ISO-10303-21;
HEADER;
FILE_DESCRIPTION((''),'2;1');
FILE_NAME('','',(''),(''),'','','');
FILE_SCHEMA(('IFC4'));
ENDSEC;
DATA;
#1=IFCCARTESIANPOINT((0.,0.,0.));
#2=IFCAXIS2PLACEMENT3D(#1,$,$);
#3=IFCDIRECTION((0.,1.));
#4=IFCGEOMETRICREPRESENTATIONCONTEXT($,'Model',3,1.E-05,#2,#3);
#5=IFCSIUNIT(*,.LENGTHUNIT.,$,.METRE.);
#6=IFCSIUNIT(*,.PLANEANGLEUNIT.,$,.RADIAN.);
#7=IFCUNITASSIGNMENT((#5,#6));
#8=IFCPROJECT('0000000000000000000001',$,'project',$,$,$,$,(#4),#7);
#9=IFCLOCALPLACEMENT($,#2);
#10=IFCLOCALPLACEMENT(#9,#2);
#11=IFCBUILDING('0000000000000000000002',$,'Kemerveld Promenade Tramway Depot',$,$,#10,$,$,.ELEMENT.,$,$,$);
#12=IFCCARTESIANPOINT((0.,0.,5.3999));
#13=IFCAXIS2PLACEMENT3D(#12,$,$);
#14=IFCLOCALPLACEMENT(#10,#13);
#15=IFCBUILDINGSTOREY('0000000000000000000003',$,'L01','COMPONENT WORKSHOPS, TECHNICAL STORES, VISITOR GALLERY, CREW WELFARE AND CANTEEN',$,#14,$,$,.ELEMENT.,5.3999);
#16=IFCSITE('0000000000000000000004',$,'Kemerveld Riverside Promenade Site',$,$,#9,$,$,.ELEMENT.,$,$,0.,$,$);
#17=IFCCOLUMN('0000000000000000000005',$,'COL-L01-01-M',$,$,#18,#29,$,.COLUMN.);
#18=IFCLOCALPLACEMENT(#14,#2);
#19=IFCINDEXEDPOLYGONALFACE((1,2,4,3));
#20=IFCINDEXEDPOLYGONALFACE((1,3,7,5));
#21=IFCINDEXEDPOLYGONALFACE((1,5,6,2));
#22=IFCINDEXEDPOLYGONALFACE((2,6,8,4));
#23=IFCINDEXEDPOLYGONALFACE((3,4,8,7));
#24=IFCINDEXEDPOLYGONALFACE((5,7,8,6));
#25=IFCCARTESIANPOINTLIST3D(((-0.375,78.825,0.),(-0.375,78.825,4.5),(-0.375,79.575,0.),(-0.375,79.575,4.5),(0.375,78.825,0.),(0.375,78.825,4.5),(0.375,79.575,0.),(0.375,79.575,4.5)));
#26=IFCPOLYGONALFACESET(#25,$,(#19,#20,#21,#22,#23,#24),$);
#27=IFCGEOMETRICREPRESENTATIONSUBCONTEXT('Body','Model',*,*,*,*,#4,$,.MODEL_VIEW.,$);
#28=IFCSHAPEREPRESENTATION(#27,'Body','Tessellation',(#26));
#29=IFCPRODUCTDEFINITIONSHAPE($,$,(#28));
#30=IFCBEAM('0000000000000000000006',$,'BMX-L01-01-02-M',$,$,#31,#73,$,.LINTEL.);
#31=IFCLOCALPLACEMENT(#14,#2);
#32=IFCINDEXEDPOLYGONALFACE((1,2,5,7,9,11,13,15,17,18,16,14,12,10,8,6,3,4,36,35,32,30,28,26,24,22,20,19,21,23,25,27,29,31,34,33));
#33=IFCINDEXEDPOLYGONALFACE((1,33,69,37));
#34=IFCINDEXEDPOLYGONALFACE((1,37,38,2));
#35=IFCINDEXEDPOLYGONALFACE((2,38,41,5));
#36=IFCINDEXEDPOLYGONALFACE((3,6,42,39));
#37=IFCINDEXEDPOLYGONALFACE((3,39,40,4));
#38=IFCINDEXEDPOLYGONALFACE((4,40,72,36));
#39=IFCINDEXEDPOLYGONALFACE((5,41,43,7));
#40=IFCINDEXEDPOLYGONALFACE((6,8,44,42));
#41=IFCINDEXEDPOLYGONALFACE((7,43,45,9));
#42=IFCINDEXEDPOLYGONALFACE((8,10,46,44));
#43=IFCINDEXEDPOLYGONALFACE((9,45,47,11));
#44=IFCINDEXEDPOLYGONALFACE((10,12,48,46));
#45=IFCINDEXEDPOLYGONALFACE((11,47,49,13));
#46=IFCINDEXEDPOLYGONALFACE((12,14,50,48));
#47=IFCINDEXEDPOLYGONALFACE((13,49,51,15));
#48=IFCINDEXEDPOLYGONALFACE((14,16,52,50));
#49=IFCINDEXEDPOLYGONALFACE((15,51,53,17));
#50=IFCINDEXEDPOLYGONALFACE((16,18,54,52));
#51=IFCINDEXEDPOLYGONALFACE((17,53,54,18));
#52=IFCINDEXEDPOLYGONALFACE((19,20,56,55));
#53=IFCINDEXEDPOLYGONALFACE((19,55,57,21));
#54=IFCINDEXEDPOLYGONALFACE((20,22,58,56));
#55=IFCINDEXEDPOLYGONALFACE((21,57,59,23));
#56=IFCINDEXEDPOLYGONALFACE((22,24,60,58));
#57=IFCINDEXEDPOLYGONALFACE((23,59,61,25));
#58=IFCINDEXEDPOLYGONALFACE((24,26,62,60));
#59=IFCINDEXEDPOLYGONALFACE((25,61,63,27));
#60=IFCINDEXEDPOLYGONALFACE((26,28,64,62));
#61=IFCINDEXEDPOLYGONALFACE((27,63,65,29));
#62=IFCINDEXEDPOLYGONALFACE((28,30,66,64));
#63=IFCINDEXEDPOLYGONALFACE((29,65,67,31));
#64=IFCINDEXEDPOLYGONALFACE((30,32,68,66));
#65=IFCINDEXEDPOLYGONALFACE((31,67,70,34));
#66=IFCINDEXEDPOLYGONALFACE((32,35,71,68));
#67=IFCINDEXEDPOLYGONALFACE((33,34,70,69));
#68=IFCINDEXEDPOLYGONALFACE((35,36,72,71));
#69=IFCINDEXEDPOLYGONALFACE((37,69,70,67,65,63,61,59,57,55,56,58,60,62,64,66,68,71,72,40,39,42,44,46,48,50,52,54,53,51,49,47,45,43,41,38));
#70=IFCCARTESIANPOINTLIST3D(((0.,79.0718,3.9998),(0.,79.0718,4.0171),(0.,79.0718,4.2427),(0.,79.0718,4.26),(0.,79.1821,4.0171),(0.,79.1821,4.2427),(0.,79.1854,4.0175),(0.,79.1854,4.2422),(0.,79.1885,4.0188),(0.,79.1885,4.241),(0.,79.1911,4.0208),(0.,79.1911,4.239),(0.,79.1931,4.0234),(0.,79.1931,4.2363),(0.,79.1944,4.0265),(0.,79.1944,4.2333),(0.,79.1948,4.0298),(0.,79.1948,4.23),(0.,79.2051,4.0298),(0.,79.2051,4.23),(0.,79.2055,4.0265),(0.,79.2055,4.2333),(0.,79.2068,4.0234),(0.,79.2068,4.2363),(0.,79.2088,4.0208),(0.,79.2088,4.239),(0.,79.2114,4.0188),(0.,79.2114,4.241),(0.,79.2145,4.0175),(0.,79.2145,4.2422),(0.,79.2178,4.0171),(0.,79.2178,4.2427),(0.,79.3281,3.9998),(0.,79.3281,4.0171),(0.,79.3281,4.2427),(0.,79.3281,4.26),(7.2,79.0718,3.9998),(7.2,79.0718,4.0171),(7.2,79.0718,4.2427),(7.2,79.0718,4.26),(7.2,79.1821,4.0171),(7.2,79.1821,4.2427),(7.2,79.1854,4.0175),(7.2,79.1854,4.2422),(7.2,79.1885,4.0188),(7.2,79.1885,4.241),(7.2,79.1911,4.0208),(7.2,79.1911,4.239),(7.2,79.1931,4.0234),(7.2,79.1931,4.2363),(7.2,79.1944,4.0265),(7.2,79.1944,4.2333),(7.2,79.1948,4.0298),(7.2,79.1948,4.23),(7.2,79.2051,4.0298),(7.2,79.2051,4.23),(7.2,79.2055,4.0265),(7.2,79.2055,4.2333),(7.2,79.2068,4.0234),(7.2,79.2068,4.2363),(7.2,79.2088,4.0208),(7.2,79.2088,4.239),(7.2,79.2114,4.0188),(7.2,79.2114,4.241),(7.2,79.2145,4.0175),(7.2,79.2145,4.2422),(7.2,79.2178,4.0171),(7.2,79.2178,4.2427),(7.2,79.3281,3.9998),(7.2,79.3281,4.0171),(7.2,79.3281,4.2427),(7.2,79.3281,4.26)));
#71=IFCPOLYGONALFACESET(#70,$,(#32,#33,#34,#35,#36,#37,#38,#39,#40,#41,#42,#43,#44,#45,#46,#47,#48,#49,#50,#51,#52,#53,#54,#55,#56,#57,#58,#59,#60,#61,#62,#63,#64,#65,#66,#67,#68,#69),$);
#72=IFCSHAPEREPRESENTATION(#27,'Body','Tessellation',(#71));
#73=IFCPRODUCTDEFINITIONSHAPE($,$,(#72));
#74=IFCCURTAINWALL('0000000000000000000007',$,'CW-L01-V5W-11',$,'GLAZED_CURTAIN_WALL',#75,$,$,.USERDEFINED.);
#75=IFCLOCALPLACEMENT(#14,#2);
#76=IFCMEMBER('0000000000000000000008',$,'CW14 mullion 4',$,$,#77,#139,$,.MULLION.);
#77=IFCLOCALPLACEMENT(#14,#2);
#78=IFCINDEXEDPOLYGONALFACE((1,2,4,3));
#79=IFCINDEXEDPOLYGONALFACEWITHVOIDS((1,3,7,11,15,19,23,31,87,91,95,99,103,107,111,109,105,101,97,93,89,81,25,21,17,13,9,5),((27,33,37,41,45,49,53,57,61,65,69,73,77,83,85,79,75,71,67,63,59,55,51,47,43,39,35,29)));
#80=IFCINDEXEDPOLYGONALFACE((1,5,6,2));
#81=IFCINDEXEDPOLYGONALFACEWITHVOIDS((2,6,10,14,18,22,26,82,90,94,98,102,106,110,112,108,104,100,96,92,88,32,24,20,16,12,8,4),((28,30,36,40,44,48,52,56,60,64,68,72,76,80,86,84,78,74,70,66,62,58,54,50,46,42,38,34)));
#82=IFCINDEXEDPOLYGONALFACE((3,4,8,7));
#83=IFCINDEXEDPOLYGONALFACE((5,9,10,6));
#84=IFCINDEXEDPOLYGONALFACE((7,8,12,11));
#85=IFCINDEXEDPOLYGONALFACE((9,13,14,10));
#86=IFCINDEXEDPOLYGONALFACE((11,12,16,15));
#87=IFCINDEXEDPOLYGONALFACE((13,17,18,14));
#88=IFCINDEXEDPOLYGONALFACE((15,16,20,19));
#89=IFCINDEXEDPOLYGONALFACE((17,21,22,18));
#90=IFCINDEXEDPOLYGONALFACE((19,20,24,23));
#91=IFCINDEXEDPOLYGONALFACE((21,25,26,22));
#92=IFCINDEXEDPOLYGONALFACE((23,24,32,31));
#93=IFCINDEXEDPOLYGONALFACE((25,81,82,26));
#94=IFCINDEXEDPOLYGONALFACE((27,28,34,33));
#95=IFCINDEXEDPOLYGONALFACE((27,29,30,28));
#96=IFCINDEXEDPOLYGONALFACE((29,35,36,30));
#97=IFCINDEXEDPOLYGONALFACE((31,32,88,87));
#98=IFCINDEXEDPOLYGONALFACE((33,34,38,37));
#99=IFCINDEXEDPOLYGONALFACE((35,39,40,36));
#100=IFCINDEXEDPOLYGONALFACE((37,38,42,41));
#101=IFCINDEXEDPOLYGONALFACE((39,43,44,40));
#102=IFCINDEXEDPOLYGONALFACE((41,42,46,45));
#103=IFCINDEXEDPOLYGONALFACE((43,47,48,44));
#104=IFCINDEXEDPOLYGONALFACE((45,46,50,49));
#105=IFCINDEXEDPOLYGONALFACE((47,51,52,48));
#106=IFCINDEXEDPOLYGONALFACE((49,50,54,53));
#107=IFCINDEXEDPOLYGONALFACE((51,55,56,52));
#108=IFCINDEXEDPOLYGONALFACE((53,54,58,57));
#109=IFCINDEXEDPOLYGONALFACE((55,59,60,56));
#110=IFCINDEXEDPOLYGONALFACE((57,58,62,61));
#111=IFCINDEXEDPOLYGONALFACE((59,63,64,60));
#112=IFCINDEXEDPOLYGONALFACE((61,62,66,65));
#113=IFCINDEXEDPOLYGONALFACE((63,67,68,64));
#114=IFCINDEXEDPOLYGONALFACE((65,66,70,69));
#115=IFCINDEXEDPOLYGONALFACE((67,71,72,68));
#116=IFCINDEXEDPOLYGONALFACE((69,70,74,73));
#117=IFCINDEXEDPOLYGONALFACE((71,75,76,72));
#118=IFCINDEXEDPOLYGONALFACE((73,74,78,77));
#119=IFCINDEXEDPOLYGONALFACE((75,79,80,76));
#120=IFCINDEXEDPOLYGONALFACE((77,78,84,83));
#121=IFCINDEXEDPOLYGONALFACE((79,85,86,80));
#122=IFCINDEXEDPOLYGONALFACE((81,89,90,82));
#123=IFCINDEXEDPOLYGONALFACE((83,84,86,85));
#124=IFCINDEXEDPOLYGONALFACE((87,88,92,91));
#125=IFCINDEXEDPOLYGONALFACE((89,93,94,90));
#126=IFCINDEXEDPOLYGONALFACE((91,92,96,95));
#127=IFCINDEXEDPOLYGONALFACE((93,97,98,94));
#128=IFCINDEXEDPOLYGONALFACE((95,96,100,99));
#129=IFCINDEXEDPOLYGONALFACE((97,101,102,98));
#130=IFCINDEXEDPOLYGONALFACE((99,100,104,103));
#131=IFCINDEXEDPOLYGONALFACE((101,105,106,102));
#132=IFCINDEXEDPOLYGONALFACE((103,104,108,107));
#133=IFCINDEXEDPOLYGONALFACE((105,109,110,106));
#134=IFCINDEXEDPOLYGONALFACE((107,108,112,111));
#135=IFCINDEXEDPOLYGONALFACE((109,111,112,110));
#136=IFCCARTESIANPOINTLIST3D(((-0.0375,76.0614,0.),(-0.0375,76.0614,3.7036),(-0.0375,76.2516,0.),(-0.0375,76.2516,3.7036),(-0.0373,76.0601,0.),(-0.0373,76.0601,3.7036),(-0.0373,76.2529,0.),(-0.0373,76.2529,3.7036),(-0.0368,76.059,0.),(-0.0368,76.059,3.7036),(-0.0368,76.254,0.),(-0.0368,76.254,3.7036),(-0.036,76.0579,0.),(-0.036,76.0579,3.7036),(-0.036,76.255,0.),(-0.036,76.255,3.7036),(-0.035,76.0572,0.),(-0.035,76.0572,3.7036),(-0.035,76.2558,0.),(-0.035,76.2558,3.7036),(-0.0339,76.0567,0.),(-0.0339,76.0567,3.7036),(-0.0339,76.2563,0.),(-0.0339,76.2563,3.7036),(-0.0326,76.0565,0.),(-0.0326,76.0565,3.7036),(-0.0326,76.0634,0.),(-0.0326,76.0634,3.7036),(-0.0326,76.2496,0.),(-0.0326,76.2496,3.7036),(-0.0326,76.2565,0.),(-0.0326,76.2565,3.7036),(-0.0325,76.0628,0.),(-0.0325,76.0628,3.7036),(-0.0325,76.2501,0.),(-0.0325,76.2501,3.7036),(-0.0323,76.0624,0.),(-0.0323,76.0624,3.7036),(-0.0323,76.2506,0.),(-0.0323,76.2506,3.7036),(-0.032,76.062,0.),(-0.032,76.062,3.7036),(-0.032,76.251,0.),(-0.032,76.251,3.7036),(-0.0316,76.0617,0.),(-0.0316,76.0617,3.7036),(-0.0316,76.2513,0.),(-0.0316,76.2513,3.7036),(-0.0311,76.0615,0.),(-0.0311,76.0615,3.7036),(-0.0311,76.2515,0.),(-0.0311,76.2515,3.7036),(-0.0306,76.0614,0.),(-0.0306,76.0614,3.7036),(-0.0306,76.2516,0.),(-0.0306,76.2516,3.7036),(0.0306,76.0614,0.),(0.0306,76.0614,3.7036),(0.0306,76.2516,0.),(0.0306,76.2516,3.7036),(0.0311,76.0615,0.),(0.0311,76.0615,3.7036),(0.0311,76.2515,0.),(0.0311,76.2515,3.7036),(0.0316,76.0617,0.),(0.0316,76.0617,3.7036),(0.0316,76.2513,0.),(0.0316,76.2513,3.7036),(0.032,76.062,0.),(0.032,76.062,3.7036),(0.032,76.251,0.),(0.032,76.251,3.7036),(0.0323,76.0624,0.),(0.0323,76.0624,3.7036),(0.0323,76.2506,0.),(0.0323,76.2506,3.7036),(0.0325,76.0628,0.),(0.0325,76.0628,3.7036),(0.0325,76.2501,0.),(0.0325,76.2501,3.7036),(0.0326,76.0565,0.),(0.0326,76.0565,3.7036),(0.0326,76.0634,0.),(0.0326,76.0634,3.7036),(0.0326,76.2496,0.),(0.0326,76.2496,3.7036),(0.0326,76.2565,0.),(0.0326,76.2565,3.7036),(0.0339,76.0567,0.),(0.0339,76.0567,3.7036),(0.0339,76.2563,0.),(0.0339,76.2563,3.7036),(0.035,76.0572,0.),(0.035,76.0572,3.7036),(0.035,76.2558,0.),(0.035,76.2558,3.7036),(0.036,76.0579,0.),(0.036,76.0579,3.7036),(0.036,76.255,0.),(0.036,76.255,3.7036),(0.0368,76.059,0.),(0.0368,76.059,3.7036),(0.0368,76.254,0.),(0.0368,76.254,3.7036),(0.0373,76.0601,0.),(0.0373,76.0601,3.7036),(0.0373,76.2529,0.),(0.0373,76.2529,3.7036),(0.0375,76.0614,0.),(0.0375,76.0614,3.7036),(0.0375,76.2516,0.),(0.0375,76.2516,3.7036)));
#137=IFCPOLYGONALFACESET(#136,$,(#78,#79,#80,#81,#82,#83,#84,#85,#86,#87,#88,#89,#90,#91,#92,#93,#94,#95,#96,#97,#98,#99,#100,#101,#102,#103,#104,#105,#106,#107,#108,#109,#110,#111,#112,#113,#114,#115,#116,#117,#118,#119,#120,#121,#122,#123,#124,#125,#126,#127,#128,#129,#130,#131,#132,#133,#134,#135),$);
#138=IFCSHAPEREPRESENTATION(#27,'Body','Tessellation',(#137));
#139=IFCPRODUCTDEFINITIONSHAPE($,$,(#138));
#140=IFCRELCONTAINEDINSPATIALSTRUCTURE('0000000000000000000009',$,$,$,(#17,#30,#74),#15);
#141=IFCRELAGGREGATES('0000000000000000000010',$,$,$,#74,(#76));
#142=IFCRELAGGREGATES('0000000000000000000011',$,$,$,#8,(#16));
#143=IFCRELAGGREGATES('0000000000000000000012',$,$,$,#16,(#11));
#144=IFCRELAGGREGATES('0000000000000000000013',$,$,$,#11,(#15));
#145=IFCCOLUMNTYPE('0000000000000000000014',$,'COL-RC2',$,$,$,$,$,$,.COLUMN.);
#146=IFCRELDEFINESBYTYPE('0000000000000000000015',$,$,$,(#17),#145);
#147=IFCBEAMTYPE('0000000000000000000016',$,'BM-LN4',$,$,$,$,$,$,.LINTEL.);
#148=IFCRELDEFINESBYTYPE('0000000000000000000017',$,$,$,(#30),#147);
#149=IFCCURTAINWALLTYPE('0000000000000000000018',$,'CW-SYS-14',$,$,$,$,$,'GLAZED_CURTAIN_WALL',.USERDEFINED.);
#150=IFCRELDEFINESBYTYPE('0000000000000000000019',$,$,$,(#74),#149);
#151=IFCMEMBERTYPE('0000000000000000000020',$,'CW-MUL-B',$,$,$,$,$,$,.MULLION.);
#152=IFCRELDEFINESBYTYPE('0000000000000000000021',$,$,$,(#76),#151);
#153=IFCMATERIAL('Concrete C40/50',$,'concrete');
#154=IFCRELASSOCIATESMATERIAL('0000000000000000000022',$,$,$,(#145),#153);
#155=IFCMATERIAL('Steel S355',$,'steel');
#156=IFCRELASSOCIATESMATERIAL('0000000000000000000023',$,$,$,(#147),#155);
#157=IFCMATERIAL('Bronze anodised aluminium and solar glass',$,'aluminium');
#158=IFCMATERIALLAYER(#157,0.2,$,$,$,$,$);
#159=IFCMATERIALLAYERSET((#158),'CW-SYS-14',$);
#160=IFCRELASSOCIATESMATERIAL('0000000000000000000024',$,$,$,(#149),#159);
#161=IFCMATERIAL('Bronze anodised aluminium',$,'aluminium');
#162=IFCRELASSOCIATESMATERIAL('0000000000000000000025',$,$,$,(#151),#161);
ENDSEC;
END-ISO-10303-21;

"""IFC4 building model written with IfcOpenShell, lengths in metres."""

from ifc_helpers import new_model, si_unit, direction, frame, origin, origin_2d, place, context, subcontext, project, spatial, rectangle, hollow_rectangle, i_section, extrude, material, layer, layer_set, material_profile, profile_set, type_object, element, aggregate, save


model = new_model("IFC4")

# Units and contexts
model_context = context("Model", 3, precision=1e-05, world=origin(), true_north=direction((0.0, 1.0)))
body_context = subcontext(model_context, "Body", "Model", "MODEL_VIEW")
ifc_project = project(units=[si_unit("LENGTHUNIT", "METRE"), si_unit("PLANEANGLEUNIT", "RADIAN")], contexts=[model_context])

# Site, building, storey
site_placement = place(None, origin())
site = spatial("IfcSite", under=ifc_project, at=site_placement, Name="Kemerveld Riverside Promenade Site", CompositionType="ELEMENT", RefElevation=0.0)
building_placement = place(site_placement, origin())
building = spatial("IfcBuilding", under=site, at=building_placement, Name="Kemerveld Promenade Tramway Depot", CompositionType="ELEMENT")
storey_placement = place(building_placement, frame((0.0, 0.0, 5.3999)))
storey = spatial("IfcBuildingStorey", under=building, at=storey_placement, Name="L01", Description="COMPONENT WORKSHOPS, TECHNICAL STORES, VISITOR GALLERY, CREW WELFARE AND CANTEEN", CompositionType="ELEMENT", Elevation=5.3999)

# Column
ifc_material_1 = material(Name="Concrete C40/50", Category="concrete")
ifc_material_profile_1 = material_profile(ifc_material_1, rectangle(XDim=0.75, YDim=0.75, at=origin_2d()), Name="RC-COL-750x750")
ifc_profile_set_1 = profile_set([ifc_material_profile_1], Name="Concrete C40/50")
column_type = type_object("IfcColumnType", Name="COL-RC2", PredefinedType="COLUMN", material=ifc_profile_set_1)
column_placement = place(storey_placement, frame((0.0, 79.2, 0.0), z_axis=(0.0, 0.0, 1.0), x_axis=(1.0, 0.0, 0.0)))
element("IfcColumn", 1, at=column_placement, inside=storey, type_object=column_type, Name="COL-L01-01-M", PredefinedType="COLUMN", context=body_context, shape_type="SweptSolid", body=[
    extrude(rectangle(XDim=0.75, YDim=0.75, at=origin_2d()), origin(), (0.0, 0.0, 1.0), 4.5),
])

# Beam
ifc_material_2 = material(Name="Steel S355", Category="steel")
ifc_material_profile_2 = material_profile(ifc_material_2, i_section(OverallWidth=0.2563, OverallDepth=0.2603, WebThickness=0.0103, FlangeThickness=0.0173, FilletRadius=0.0127, at=origin_2d()), Name="254x254x89 UC")
ifc_profile_set_2 = profile_set([ifc_material_profile_2], Name="Steel S355")
beam_type = type_object("IfcBeamType", Name="BM-LN4", PredefinedType="LINTEL", material=ifc_profile_set_2)
beam_placement = place(storey_placement, frame((0.0, 79.2, 4.1299), z_axis=(1.0, 0.0, 0.0), x_axis=(0.0, 1.0, 0.0)))
element("IfcBeam", 2, at=beam_placement, inside=storey, type_object=beam_type, Name="BMX-L01-01-02-M", PredefinedType="LINTEL", context=body_context, shape_type="SweptSolid", body=[
    extrude(i_section(OverallWidth=0.2563, OverallDepth=0.2603, WebThickness=0.0103, FlangeThickness=0.0173, FilletRadius=0.0127, at=origin_2d()), origin(), (0.0, 0.0, 1.0), 7.2),
])

# Curtain wall, member
ifc_material_3 = material(Name="Bronze anodised aluminium and solar glass", Category="aluminium")
ifc_layer_1 = layer(ifc_material_3, 0.2)
ifc_layer_set_1 = layer_set([ifc_layer_1], Name="CW-SYS-14")
curtain_wall_type_1 = type_object("IfcCurtainWallType", Name="CW-SYS-14", ElementType="GLAZED_CURTAIN_WALL", PredefinedType="USERDEFINED", material=ifc_layer_set_1)
curtain_wall_1_placement = place(storey_placement, origin())
curtain_wall_1 = element("IfcCurtainWall", 3, at=curtain_wall_1_placement, inside=storey, type_object=curtain_wall_type_1, Name="CW-L01-V5W-11", ObjectType="GLAZED_CURTAIN_WALL", PredefinedType="USERDEFINED")
ifc_material_4 = material(Name="Bronze anodised aluminium", Category="aluminium")
ifc_material_profile_3 = material_profile(ifc_material_4, hollow_rectangle(XDim=0.075, YDim=0.2, WallThickness=0.0049, InnerFilletRadius=0.002, OuterFilletRadius=0.0049, at=origin_2d()), Name="CW-MUL-200x75")
ifc_profile_set_3 = profile_set([ifc_material_profile_3], Name="Bronze anodised aluminium")
member_type_1 = type_object("IfcMemberType", Name="CW-MUL-B", PredefinedType="MULLION", material=ifc_profile_set_3)
member_1_placement = place(storey_placement, frame((0.0, 76.1565, 0.0), z_axis=(0.0, 0.0, 1.0), x_axis=(-1.0, 0.0, 0.0)))
member_1 = element("IfcMember", 4, at=member_1_placement, type_object=member_type_1, Name="CW14 mullion 4", PredefinedType="MULLION", context=body_context, shape_type="SweptSolid", body=[
    extrude(hollow_rectangle(XDim=0.075, YDim=0.2, WallThickness=0.0049, InnerFilletRadius=0.002, OuterFilletRadius=0.0049, at=origin_2d()), origin(), (0.0, 0.0, 1.0), 3.7036),
])

aggregate(curtain_wall_1, [member_1])

save(model, "model.ifc")
